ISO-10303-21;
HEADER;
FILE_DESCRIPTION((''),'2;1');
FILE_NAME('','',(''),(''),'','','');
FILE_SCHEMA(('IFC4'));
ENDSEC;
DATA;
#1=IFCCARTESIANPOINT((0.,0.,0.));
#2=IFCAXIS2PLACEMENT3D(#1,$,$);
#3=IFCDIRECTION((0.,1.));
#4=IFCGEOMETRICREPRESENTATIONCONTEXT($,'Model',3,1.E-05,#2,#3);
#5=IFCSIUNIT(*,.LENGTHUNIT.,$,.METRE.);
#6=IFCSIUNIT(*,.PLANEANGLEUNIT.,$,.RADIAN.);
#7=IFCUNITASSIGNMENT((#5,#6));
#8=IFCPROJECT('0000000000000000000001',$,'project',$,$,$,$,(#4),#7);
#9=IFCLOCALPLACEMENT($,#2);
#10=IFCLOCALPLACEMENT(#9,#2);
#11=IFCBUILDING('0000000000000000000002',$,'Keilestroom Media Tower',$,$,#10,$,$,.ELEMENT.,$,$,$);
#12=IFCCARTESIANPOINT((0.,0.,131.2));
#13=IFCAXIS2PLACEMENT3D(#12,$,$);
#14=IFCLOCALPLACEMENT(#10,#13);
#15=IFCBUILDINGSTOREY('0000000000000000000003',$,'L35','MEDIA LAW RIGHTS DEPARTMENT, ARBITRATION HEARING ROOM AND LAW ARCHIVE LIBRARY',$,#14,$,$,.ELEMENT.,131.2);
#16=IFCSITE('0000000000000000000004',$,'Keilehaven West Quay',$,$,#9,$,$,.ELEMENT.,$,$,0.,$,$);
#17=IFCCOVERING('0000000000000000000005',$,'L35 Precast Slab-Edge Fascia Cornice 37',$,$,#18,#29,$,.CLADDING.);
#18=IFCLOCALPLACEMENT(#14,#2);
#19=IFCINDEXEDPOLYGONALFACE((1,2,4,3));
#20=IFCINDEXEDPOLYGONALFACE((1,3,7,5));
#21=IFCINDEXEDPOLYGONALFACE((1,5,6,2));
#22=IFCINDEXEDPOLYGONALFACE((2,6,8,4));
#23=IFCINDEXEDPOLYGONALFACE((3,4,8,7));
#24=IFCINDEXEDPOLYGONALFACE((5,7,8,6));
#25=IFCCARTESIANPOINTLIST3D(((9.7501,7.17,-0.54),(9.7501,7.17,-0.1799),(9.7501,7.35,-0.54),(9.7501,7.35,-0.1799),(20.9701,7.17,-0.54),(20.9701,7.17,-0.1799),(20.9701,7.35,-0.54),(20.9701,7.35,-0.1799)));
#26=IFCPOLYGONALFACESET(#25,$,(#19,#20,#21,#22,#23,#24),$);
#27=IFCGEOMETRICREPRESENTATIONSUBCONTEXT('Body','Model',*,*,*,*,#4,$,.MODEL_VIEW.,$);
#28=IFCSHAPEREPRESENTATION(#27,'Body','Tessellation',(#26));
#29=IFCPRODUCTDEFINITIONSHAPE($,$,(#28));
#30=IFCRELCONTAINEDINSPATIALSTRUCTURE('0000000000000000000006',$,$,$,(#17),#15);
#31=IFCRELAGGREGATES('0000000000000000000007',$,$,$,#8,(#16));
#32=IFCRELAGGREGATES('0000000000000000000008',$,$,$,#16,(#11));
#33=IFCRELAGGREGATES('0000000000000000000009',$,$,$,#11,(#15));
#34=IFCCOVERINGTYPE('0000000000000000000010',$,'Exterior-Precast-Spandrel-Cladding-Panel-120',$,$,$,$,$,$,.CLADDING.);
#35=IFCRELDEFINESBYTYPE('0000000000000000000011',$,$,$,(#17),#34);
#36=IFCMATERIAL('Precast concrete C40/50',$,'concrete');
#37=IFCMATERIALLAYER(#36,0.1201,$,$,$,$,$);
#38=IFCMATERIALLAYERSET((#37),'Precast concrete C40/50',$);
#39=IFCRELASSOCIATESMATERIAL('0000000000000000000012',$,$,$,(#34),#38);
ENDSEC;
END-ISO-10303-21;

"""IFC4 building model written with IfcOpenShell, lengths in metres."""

from ifc_helpers import new_model, si_unit, direction, frame, origin, origin_2d, place, context, subcontext, project, spatial, rectangle, extrude, source, transform, mapped, material, layer, layer_set, type_object, element, save


model = new_model("IFC4")

# Units and contexts
model_context = context("Model", 3, precision=1e-05, world=origin(), true_north=direction((0.0, 1.0)))
body_context = subcontext(model_context, "Body", "Model", "MODEL_VIEW")
ifc_project = project(units=[si_unit("LENGTHUNIT", "METRE"), si_unit("PLANEANGLEUNIT", "RADIAN")], contexts=[model_context])

# Site, building, storey
site_placement = place(None, origin())
site = spatial("IfcSite", under=ifc_project, at=site_placement, Name="Keilehaven West Quay", CompositionType="ELEMENT", RefElevation=0.0)
building_placement = place(site_placement, origin())
building = spatial("IfcBuilding", under=site, at=building_placement, Name="Keilestroom Media Tower", CompositionType="ELEMENT")
storey_placement = place(building_placement, frame((0.0, 0.0, 131.2)))
storey = spatial("IfcBuildingStorey", under=building, at=storey_placement, Name="L35", Description="MEDIA LAW RIGHTS DEPARTMENT, ARBITRATION HEARING ROOM AND LAW ARCHIVE LIBRARY", CompositionType="ELEMENT", Elevation=131.2)

# Shared definitions
ifc_material_1 = material(Name="Precast concrete C40/50", Category="concrete")

# Covering
ifc_layer_1 = layer(ifc_material_1, 0.1201)
ifc_layer_set_1 = layer_set([ifc_layer_1], Name="Precast concrete C40/50")
covering_type = type_object("IfcCoveringType", Name="Exterior-Precast-Spandrel-Cladding-Panel-120", PredefinedType="CLADDING", material=ifc_layer_set_1)
shared_shape_1 = source(origin(), body_context, "Body", "SweptSolid", [
    extrude(rectangle(XDim=11.22, YDim=0.1799, at=origin_2d()), origin(), (0.0, 0.0, 1.0), 0.3601),
])
covering_1_placement = place(storey_placement, frame((15.3601, 7.26, -0.54), z_axis=(0.0, 0.0, 1.0), x_axis=(1.0, 0.0, 0.0)))
element("IfcCovering", 1, at=covering_1_placement, inside=storey, type_object=covering_type, Name="L35 Precast Slab-Edge Fascia Cornice 37", PredefinedType="CLADDING", context=body_context, shape_type="MappedRepresentation", body=[
    mapped(shared_shape_1, transform((0.0, 0.0, 0.0), x_axis=(1.0, 0.0, 0.0), y_axis=(0.0, 1.0, 0.0), z_axis=(0.0, 0.0, 1.0), scale=1.0)),
])

save(model, "model.ifc")
